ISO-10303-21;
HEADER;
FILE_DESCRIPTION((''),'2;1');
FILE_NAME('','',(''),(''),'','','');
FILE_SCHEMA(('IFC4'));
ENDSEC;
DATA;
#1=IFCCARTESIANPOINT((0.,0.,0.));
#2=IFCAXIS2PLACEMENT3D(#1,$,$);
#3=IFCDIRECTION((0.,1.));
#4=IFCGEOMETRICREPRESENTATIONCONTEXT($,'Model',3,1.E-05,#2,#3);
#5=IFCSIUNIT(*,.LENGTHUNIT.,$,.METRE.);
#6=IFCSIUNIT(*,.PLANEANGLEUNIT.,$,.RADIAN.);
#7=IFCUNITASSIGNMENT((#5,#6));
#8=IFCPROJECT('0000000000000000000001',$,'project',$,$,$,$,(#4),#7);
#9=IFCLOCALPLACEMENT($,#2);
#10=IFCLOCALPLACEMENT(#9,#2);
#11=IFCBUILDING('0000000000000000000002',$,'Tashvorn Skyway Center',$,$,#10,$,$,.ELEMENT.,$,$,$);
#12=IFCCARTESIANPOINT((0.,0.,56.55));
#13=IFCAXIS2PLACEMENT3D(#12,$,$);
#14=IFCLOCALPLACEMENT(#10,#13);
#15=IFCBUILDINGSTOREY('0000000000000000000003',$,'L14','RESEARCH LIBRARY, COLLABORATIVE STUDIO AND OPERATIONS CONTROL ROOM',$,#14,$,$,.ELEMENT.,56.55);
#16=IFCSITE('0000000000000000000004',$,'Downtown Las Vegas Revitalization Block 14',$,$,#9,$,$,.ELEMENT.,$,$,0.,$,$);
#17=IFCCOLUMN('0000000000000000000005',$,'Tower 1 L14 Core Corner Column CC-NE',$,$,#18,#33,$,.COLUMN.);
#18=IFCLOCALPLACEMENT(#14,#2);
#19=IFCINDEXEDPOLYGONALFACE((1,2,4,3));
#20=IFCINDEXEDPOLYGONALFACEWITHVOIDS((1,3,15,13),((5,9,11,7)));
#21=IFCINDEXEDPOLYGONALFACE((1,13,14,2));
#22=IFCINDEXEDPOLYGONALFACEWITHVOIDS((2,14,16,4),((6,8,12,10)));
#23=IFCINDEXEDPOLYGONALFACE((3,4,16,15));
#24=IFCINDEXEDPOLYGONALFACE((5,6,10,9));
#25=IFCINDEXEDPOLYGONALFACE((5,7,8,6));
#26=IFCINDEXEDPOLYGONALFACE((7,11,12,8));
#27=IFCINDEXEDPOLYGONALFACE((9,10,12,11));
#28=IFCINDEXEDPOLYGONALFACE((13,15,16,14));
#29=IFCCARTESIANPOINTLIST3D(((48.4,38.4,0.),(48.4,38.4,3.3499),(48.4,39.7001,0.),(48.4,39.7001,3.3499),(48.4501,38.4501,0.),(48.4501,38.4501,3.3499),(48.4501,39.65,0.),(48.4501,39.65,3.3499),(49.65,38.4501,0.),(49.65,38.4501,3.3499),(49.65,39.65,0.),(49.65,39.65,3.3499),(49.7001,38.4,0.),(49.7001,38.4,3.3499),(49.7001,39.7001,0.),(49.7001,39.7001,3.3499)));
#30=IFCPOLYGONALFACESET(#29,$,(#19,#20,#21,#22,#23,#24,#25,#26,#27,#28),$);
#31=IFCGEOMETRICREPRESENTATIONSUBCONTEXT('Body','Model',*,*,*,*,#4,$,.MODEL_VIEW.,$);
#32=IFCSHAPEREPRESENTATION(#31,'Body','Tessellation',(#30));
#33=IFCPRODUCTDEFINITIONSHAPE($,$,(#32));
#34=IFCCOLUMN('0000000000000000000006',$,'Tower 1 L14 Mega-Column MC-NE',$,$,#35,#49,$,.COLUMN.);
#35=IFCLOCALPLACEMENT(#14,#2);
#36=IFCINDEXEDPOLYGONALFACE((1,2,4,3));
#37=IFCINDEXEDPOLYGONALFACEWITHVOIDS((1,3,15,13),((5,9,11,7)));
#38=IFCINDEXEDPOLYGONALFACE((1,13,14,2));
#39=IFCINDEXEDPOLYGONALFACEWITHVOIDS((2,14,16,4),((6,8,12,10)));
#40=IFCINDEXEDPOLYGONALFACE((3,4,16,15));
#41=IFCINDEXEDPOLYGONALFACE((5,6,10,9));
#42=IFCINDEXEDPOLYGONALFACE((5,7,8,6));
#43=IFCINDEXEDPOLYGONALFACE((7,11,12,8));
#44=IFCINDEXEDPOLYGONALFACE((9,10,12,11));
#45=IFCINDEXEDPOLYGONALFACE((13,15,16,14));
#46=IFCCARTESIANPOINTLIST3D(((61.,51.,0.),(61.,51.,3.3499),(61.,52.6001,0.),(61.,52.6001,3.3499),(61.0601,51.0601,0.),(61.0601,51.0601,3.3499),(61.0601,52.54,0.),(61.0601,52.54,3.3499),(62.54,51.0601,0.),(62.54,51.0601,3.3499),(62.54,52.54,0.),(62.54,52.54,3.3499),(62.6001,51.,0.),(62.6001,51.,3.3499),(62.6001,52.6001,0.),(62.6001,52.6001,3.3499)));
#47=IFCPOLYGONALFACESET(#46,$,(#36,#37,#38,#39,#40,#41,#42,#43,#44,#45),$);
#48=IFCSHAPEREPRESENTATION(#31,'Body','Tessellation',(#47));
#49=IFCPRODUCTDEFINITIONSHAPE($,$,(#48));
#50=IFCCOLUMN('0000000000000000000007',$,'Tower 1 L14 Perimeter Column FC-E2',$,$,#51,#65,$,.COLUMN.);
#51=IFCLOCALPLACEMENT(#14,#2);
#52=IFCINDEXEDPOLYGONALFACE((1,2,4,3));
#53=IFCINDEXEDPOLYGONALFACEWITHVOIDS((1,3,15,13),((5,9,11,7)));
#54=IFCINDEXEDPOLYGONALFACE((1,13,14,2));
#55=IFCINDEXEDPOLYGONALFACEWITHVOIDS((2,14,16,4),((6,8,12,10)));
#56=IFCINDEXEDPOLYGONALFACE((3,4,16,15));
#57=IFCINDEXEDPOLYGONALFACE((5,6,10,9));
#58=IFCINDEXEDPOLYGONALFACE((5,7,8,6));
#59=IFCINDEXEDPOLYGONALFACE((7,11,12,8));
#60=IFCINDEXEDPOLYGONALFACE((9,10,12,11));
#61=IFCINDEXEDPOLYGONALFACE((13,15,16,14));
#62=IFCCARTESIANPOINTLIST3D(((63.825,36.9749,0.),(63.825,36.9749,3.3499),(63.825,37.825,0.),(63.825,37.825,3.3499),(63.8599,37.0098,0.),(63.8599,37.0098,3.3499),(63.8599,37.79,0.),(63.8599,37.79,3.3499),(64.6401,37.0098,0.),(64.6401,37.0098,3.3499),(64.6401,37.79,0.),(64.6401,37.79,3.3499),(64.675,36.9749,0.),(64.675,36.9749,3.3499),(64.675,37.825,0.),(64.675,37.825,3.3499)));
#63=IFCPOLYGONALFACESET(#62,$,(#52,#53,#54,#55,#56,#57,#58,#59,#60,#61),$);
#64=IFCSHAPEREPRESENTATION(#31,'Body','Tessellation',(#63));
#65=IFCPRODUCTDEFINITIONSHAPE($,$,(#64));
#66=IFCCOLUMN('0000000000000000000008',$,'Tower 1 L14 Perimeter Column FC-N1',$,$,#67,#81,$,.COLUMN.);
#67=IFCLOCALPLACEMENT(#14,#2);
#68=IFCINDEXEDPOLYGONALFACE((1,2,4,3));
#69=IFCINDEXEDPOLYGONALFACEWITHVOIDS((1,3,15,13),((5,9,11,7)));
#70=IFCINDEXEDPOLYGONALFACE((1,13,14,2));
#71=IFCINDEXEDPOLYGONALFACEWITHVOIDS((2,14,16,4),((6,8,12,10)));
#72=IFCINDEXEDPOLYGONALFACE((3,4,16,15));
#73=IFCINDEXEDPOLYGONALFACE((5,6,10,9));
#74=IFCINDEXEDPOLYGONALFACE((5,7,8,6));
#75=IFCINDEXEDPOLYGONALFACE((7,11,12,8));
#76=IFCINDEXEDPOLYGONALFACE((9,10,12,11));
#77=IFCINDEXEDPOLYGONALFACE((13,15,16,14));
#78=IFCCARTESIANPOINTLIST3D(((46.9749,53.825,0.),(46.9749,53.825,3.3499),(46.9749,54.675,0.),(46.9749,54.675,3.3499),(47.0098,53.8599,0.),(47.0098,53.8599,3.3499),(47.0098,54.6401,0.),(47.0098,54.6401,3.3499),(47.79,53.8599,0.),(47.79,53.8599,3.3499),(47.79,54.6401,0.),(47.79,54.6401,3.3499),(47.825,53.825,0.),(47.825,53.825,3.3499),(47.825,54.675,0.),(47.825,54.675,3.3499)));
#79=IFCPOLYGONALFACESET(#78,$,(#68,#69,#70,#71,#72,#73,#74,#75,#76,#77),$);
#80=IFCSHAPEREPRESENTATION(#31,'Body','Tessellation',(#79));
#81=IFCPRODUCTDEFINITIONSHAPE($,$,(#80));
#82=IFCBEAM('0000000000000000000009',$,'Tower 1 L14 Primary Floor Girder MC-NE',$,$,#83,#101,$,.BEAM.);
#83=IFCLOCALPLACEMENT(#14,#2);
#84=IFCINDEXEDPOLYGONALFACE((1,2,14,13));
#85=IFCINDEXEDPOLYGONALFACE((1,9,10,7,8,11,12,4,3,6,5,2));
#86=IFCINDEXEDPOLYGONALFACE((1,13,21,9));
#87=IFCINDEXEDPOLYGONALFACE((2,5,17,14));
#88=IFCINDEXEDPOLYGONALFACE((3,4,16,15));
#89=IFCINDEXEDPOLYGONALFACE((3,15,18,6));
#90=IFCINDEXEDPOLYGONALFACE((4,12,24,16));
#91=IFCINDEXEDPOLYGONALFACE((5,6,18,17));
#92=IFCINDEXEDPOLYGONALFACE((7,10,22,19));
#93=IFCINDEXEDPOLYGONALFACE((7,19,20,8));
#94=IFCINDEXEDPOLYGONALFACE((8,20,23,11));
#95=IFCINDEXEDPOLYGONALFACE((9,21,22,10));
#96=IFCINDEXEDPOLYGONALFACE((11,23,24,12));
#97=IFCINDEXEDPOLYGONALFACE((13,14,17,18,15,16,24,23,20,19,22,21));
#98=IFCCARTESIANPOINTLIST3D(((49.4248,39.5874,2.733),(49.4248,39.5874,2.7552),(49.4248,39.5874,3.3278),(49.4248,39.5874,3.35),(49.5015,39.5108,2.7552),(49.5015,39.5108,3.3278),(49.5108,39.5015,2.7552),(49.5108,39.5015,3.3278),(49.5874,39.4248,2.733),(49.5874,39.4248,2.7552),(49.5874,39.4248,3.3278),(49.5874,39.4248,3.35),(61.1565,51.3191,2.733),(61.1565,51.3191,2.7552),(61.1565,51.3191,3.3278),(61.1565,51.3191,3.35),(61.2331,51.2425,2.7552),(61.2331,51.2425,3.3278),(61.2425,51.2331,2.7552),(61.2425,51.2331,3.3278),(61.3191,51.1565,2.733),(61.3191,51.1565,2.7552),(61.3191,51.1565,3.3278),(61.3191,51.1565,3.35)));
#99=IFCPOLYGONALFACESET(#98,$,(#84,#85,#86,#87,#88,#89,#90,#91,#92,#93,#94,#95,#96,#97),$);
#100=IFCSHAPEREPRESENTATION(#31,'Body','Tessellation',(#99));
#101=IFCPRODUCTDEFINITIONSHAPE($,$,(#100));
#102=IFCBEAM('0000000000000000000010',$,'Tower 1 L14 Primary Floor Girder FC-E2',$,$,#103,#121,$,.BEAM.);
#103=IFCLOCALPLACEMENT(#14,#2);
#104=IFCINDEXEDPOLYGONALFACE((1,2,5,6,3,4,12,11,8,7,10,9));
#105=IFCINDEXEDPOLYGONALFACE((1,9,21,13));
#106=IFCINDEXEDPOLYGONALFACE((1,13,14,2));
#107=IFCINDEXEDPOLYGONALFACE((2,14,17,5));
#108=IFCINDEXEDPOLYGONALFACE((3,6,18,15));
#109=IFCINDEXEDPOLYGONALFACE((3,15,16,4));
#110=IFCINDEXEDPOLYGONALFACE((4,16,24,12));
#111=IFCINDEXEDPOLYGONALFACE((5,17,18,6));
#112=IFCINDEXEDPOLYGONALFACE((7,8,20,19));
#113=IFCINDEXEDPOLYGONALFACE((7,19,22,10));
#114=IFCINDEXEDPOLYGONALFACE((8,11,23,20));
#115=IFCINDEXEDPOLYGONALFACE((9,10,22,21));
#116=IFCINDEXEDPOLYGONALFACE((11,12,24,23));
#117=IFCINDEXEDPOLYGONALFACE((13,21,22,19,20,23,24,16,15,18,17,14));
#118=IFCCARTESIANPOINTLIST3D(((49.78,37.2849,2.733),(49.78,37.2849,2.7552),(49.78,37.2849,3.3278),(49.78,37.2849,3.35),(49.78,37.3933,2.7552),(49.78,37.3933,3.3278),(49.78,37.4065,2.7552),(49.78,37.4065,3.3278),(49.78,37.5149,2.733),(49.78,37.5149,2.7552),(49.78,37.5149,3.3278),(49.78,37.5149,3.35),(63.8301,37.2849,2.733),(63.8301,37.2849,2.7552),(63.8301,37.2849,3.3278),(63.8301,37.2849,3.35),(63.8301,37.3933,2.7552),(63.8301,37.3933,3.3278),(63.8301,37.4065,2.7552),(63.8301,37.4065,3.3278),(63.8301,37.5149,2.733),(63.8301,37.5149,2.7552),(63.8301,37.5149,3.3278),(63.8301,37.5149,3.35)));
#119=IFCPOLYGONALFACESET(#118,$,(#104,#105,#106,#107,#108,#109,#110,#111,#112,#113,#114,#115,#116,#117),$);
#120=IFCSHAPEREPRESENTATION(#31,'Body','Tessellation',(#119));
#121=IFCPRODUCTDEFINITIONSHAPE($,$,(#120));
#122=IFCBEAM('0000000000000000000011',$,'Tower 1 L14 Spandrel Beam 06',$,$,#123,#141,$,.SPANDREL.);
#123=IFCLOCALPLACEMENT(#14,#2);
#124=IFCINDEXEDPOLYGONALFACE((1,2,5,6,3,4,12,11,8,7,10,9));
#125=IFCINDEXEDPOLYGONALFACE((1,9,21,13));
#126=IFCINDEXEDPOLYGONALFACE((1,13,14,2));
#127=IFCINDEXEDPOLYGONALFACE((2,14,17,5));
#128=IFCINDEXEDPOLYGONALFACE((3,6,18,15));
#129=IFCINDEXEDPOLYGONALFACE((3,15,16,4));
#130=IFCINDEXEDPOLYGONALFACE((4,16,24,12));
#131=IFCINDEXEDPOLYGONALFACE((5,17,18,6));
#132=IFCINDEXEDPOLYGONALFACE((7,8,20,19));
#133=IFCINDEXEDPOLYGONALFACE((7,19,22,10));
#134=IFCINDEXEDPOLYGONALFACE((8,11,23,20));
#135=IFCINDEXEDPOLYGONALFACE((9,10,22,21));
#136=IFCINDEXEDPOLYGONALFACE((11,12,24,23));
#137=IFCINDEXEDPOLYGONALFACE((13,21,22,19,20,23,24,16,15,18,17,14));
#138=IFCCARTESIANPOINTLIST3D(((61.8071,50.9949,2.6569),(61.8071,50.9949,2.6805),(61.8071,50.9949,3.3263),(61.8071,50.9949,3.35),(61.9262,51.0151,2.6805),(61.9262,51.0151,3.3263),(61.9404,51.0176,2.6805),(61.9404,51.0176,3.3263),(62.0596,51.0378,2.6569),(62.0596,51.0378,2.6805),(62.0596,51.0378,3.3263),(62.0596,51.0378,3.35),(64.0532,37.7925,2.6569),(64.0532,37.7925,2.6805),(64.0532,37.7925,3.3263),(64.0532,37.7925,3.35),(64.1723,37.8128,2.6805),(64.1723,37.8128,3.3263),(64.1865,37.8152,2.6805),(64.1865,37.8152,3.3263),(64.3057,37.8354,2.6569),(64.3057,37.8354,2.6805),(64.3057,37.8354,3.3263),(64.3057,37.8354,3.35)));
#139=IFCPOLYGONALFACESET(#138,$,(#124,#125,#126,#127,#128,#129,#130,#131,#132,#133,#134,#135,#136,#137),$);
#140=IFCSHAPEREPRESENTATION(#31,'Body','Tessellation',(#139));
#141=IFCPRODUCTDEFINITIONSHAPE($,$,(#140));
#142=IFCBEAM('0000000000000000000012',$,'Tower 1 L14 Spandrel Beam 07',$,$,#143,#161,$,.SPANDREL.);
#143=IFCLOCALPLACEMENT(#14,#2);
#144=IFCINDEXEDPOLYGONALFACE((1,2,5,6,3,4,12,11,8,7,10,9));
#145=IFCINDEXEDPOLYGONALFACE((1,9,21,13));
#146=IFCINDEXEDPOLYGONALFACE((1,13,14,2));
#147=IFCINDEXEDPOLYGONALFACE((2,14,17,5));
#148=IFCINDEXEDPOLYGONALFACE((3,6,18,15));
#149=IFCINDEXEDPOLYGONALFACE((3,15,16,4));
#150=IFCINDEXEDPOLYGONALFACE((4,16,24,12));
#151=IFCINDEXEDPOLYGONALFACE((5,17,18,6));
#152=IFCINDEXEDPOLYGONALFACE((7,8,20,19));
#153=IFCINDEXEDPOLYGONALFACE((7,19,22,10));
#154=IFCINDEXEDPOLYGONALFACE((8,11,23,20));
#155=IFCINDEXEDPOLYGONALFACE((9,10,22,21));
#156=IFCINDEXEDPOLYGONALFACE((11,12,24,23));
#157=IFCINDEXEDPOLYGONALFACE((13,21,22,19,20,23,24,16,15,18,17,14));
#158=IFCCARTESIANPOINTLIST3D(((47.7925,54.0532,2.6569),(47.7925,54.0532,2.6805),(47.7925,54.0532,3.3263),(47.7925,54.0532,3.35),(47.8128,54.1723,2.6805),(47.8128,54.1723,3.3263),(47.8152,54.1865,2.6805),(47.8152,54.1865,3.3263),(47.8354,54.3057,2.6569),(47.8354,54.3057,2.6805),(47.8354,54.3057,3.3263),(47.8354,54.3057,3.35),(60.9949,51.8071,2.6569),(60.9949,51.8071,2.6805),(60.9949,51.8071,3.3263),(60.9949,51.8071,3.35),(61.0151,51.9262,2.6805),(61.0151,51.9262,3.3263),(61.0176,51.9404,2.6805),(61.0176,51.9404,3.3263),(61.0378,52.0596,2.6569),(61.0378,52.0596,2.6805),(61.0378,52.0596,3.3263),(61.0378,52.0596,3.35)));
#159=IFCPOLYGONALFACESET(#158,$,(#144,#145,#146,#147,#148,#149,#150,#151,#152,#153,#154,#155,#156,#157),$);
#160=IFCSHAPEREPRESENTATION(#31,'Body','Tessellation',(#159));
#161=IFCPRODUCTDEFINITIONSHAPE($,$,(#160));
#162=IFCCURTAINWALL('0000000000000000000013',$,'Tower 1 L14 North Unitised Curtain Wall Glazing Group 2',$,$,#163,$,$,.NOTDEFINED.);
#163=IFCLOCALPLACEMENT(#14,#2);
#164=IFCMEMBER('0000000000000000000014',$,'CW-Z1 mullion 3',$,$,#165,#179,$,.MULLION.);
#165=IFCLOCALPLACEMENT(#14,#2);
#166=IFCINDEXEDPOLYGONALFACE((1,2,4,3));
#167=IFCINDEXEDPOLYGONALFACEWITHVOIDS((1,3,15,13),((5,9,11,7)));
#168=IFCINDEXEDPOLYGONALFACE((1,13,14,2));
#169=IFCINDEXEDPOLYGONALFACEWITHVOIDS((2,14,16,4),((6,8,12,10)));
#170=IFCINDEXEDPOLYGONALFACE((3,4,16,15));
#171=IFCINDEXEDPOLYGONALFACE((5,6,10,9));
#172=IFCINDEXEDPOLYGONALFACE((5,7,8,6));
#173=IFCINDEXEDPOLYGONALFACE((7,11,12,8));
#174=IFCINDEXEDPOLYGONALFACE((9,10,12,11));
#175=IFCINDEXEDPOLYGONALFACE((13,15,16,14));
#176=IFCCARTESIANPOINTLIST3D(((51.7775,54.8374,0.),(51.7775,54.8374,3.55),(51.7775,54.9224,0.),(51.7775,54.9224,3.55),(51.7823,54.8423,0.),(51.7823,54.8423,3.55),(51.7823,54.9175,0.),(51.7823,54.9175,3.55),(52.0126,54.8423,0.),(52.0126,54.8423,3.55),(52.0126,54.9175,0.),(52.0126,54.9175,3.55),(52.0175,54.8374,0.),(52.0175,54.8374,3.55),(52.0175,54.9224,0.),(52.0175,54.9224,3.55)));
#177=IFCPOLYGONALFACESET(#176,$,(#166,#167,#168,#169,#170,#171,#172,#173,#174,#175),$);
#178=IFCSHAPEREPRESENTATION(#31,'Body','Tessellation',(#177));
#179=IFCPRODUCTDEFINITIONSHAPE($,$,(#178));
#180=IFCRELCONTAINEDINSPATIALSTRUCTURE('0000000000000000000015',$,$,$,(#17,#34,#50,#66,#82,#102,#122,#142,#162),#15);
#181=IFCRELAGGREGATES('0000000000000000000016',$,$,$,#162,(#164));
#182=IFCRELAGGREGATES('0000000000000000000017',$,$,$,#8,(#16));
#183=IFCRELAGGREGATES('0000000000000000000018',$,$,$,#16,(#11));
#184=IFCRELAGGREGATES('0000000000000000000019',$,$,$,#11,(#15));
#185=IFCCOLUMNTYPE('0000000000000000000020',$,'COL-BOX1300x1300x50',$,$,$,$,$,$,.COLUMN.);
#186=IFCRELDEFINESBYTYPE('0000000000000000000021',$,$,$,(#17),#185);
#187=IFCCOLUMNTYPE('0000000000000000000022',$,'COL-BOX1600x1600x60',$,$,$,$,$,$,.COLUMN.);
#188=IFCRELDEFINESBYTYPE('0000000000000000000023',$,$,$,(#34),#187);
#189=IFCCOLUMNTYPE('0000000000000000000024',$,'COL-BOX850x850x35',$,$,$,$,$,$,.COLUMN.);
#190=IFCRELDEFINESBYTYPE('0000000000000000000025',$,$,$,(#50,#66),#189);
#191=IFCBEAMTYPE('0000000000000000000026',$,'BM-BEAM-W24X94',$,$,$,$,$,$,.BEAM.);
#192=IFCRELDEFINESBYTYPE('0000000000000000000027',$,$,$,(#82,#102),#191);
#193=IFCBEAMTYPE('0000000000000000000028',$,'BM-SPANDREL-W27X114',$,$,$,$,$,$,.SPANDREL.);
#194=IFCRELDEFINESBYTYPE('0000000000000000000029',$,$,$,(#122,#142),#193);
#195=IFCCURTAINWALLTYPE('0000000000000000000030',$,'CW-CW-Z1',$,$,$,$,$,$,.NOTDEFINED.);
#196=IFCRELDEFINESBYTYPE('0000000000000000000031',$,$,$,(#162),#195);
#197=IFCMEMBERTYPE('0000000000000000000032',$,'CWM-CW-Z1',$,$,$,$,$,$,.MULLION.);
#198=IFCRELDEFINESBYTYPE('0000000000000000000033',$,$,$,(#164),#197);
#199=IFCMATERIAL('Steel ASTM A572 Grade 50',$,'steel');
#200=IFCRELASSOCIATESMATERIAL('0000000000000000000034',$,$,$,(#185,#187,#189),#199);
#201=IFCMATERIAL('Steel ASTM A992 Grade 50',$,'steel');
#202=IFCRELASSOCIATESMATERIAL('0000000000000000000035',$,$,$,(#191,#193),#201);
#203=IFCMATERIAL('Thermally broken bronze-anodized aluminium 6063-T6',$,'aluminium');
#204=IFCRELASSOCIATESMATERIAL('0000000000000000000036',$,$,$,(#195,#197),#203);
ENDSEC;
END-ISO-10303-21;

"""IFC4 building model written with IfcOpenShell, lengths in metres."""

from ifc_helpers import new_model, si_unit, direction, frame, origin, origin_2d, place, context, subcontext, project, spatial, hollow_rectangle, i_section, extrude, material, material_profile, profile_set, type_object, element, aggregate, save


model = new_model("IFC4")

# Units and contexts
model_context = context("Model", 3, precision=1e-05, world=origin(), true_north=direction((0.0, 1.0)))
body_context = subcontext(model_context, "Body", "Model", "MODEL_VIEW")
ifc_project = project(units=[si_unit("LENGTHUNIT", "METRE"), si_unit("PLANEANGLEUNIT", "RADIAN")], contexts=[model_context])

# Site, building, storey
site_placement = place(None, origin())
site = spatial("IfcSite", under=ifc_project, at=site_placement, Name="Downtown Las Vegas Revitalization Block 14", CompositionType="ELEMENT", RefElevation=0.0)
building_placement = place(site_placement, origin())
building = spatial("IfcBuilding", under=site, at=building_placement, Name="Tashvorn Skyway Center", CompositionType="ELEMENT")
storey_placement = place(building_placement, frame((0.0, 0.0, 56.55)))
storey = spatial("IfcBuildingStorey", under=building, at=storey_placement, Name="L14", Description="RESEARCH LIBRARY, COLLABORATIVE STUDIO AND OPERATIONS CONTROL ROOM", CompositionType="ELEMENT", Elevation=56.55)

# Columns
ifc_material_1 = material(Name="Steel ASTM A572 Grade 50", Category="steel")
ifc_material_profile_1 = material_profile(ifc_material_1, hollow_rectangle(XDim=1.3, YDim=1.3, WallThickness=0.05, at=origin_2d()), Name="BOX1300x1300x50")
ifc_profile_set_1 = profile_set([ifc_material_profile_1], Name="Steel ASTM A572 Grade 50")
column_type_1 = type_object("IfcColumnType", Name="COL-BOX1300x1300x50", PredefinedType="COLUMN", material=ifc_profile_set_1)
column_1_placement = place(storey_placement, frame((49.05, 39.05, 0.0), z_axis=(0.0, 0.0, 1.0), x_axis=(1.0, 0.0, 0.0)))
element("IfcColumn", 1, at=column_1_placement, inside=storey, type_object=column_type_1, Name="Tower 1 L14 Core Corner Column CC-NE", PredefinedType="COLUMN", context=body_context, shape_type="SweptSolid", body=[
    extrude(hollow_rectangle(XDim=1.3, YDim=1.3, WallThickness=0.05, at=origin_2d()), origin(), (0.0, 0.0, 1.0), 3.3499),
])
ifc_material_profile_2 = material_profile(ifc_material_1, hollow_rectangle(XDim=1.6001, YDim=1.6001, WallThickness=0.0601, at=origin_2d()), Name="BOX1600x1600x60")
ifc_profile_set_2 = profile_set([ifc_material_profile_2], Name="Steel ASTM A572 Grade 50")
column_type_2 = type_object("IfcColumnType", Name="COL-BOX1600x1600x60", PredefinedType="COLUMN", material=ifc_profile_set_2)
column_2_placement = place(storey_placement, frame((61.8, 51.8, 0.0), z_axis=(0.0, 0.0, 1.0), x_axis=(1.0, 0.0, 0.0)))
element("IfcColumn", 2, at=column_2_placement, inside=storey, type_object=column_type_2, Name="Tower 1 L14 Mega-Column MC-NE", PredefinedType="COLUMN", context=body_context, shape_type="SweptSolid", body=[
    extrude(hollow_rectangle(XDim=1.6001, YDim=1.6001, WallThickness=0.0601, at=origin_2d()), origin(), (0.0, 0.0, 1.0), 3.3499),
])
ifc_material_profile_3 = material_profile(ifc_material_1, hollow_rectangle(XDim=0.8501, YDim=0.8501, WallThickness=0.0349, at=origin_2d()), Name="BOX850x850x35")
ifc_profile_set_3 = profile_set([ifc_material_profile_3], Name="Steel ASTM A572 Grade 50")
column_type_3 = type_object("IfcColumnType", Name="COL-BOX850x850x35", PredefinedType="COLUMN", material=ifc_profile_set_3)
for number, where, z_axis, x_axis, name in (
    (3, (64.25, 37.3999, 0.0), (0.0, 0.0, 1.0), (1.0, 0.0, 0.0), "Tower 1 L14 Perimeter Column FC-E2"),
    (4, (47.3999, 54.25, 0.0), (0.0, 0.0, 1.0), (1.0, 0.0, 0.0), "Tower 1 L14 Perimeter Column FC-N1"),
):
    element("IfcColumn", number, at=place(storey_placement, frame(where, z_axis=z_axis, x_axis=x_axis)), inside=storey, type_object=column_type_3, Name=name, PredefinedType="COLUMN", context=body_context, shape_type="SweptSolid", body=[
        extrude(hollow_rectangle(XDim=0.8501, YDim=0.8501, WallThickness=0.0349, at=origin_2d()), origin(), (0.0, 0.0, 1.0), 3.3499),
    ])

# Beams
ifc_material_2 = material(Name="Steel ASTM A992 Grade 50", Category="steel")
ifc_material_profile_4 = material_profile(ifc_material_2, i_section(OverallWidth=0.23, OverallDepth=0.6169, WebThickness=0.0132, FlangeThickness=0.0222, at=origin_2d()), Name="W24X94")
ifc_profile_set_4 = profile_set([ifc_material_profile_4], Name="Steel ASTM A992 Grade 50")
beam_type_1 = type_object("IfcBeamType", Name="BM-BEAM-W24X94", PredefinedType="BEAM", material=ifc_profile_set_4)
beam_1_placement = place(storey_placement, frame((61.2378, 51.2378, 3.0415), z_axis=(-0.707107, -0.707107, 0.0), x_axis=(0.707107, -0.707107, 0.0)))
element("IfcBeam", 5, at=beam_1_placement, inside=storey, type_object=beam_type_1, Name="Tower 1 L14 Primary Floor Girder MC-NE", PredefinedType="BEAM", context=body_context, shape_type="SweptSolid", body=[
    extrude(i_section(OverallWidth=0.23, OverallDepth=0.6169, WebThickness=0.0132, FlangeThickness=0.0222, at=origin_2d()), origin(), (0.0, 0.0, 1.0), 16.5911),
])
beam_2_placement = place(storey_placement, frame((63.8301, 37.3999, 3.0415), z_axis=(-1.0, 0.0, 0.0), x_axis=(0.0, -1.0, 0.0)))
element("IfcBeam", 6, at=beam_2_placement, inside=storey, type_object=beam_type_1, Name="Tower 1 L14 Primary Floor Girder FC-E2", PredefinedType="BEAM", context=body_context, shape_type="SweptSolid", body=[
    extrude(i_section(OverallWidth=0.23, OverallDepth=0.6169, WebThickness=0.0132, FlangeThickness=0.0222, at=origin_2d()), origin(), (0.0, 0.0, 1.0), 14.05),
])
ifc_material_profile_5 = material_profile(ifc_material_2, i_section(OverallWidth=0.2561, OverallDepth=0.6931, WebThickness=0.0144, FlangeThickness=0.0237, at=origin_2d()), Name="W27X114")
ifc_profile_set_5 = profile_set([ifc_material_profile_5], Name="Steel ASTM A992 Grade 50")
beam_type_2 = type_object("IfcBeamType", Name="BM-SPANDREL-W27X114", PredefinedType="SPANDREL", material=ifc_profile_set_5)
for number, where, z_axis, x_axis, name in (
    (7, (64.1794, 37.814, 3.0034), (-0.167718, 0.985835, 0.0), (-0.985835, -0.167718, 0.0), "Tower 1 L14 Spandrel Beam 06"),
    (8, (61.0164, 51.9333, 3.0034), (-0.985835, 0.167718, 0.0), (-0.167718, -0.985835, 0.0), "Tower 1 L14 Spandrel Beam 07"),
):
    element("IfcBeam", number, at=place(storey_placement, frame(where, z_axis=z_axis, x_axis=x_axis)), inside=storey, type_object=beam_type_2, Name=name, PredefinedType="SPANDREL", context=body_context, shape_type="SweptSolid", body=[
        extrude(i_section(OverallWidth=0.2561, OverallDepth=0.6931, WebThickness=0.0144, FlangeThickness=0.0237, at=origin_2d()), origin(), (0.0, 0.0, 1.0), 13.3921),
    ])

# Curtain wall, member
ifc_material_3 = material(Name="Thermally broken bronze-anodized aluminium 6063-T6", Category="aluminium")
curtain_wall_type = type_object("IfcCurtainWallType", Name="CW-CW-Z1", PredefinedType="NOTDEFINED", material=ifc_material_3)
curtain_wall_1_placement = place(storey_placement, origin())
curtain_wall_1 = element("IfcCurtainWall", 9, at=curtain_wall_1_placement, inside=storey, type_object=curtain_wall_type, Name="Tower 1 L14 North Unitised Curtain Wall Glazing Group 2", PredefinedType="NOTDEFINED")
ifc_material_profile_6 = material_profile(ifc_material_3, hollow_rectangle(XDim=0.085, YDim=0.24, WallThickness=0.0049, at=origin_2d()), Name="ALU-MULL-85x240")
ifc_profile_set_6 = profile_set([ifc_material_profile_6], Name="Thermally broken bronze-anodized aluminium 6063-T6")
member_type_1 = type_object("IfcMemberType", Name="CWM-CW-Z1", PredefinedType="MULLION", material=ifc_profile_set_6)
member_1_placement = place(storey_placement, frame((51.8975, 54.8799, 0.0), z_axis=(0.0, 0.0, 1.0), x_axis=(0.0, 1.0, 0.0)))
member_1 = element("IfcMember", 10, at=member_1_placement, type_object=member_type_1, Name="CW-Z1 mullion 3", PredefinedType="MULLION", context=body_context, shape_type="SweptSolid", body=[
    extrude(hollow_rectangle(XDim=0.085, YDim=0.24, WallThickness=0.0049, at=origin_2d()), origin(), (0.0, 0.0, 1.0), 3.55),
])
aggregate(curtain_wall_1, [member_1])

save(model, "model.ifc")
